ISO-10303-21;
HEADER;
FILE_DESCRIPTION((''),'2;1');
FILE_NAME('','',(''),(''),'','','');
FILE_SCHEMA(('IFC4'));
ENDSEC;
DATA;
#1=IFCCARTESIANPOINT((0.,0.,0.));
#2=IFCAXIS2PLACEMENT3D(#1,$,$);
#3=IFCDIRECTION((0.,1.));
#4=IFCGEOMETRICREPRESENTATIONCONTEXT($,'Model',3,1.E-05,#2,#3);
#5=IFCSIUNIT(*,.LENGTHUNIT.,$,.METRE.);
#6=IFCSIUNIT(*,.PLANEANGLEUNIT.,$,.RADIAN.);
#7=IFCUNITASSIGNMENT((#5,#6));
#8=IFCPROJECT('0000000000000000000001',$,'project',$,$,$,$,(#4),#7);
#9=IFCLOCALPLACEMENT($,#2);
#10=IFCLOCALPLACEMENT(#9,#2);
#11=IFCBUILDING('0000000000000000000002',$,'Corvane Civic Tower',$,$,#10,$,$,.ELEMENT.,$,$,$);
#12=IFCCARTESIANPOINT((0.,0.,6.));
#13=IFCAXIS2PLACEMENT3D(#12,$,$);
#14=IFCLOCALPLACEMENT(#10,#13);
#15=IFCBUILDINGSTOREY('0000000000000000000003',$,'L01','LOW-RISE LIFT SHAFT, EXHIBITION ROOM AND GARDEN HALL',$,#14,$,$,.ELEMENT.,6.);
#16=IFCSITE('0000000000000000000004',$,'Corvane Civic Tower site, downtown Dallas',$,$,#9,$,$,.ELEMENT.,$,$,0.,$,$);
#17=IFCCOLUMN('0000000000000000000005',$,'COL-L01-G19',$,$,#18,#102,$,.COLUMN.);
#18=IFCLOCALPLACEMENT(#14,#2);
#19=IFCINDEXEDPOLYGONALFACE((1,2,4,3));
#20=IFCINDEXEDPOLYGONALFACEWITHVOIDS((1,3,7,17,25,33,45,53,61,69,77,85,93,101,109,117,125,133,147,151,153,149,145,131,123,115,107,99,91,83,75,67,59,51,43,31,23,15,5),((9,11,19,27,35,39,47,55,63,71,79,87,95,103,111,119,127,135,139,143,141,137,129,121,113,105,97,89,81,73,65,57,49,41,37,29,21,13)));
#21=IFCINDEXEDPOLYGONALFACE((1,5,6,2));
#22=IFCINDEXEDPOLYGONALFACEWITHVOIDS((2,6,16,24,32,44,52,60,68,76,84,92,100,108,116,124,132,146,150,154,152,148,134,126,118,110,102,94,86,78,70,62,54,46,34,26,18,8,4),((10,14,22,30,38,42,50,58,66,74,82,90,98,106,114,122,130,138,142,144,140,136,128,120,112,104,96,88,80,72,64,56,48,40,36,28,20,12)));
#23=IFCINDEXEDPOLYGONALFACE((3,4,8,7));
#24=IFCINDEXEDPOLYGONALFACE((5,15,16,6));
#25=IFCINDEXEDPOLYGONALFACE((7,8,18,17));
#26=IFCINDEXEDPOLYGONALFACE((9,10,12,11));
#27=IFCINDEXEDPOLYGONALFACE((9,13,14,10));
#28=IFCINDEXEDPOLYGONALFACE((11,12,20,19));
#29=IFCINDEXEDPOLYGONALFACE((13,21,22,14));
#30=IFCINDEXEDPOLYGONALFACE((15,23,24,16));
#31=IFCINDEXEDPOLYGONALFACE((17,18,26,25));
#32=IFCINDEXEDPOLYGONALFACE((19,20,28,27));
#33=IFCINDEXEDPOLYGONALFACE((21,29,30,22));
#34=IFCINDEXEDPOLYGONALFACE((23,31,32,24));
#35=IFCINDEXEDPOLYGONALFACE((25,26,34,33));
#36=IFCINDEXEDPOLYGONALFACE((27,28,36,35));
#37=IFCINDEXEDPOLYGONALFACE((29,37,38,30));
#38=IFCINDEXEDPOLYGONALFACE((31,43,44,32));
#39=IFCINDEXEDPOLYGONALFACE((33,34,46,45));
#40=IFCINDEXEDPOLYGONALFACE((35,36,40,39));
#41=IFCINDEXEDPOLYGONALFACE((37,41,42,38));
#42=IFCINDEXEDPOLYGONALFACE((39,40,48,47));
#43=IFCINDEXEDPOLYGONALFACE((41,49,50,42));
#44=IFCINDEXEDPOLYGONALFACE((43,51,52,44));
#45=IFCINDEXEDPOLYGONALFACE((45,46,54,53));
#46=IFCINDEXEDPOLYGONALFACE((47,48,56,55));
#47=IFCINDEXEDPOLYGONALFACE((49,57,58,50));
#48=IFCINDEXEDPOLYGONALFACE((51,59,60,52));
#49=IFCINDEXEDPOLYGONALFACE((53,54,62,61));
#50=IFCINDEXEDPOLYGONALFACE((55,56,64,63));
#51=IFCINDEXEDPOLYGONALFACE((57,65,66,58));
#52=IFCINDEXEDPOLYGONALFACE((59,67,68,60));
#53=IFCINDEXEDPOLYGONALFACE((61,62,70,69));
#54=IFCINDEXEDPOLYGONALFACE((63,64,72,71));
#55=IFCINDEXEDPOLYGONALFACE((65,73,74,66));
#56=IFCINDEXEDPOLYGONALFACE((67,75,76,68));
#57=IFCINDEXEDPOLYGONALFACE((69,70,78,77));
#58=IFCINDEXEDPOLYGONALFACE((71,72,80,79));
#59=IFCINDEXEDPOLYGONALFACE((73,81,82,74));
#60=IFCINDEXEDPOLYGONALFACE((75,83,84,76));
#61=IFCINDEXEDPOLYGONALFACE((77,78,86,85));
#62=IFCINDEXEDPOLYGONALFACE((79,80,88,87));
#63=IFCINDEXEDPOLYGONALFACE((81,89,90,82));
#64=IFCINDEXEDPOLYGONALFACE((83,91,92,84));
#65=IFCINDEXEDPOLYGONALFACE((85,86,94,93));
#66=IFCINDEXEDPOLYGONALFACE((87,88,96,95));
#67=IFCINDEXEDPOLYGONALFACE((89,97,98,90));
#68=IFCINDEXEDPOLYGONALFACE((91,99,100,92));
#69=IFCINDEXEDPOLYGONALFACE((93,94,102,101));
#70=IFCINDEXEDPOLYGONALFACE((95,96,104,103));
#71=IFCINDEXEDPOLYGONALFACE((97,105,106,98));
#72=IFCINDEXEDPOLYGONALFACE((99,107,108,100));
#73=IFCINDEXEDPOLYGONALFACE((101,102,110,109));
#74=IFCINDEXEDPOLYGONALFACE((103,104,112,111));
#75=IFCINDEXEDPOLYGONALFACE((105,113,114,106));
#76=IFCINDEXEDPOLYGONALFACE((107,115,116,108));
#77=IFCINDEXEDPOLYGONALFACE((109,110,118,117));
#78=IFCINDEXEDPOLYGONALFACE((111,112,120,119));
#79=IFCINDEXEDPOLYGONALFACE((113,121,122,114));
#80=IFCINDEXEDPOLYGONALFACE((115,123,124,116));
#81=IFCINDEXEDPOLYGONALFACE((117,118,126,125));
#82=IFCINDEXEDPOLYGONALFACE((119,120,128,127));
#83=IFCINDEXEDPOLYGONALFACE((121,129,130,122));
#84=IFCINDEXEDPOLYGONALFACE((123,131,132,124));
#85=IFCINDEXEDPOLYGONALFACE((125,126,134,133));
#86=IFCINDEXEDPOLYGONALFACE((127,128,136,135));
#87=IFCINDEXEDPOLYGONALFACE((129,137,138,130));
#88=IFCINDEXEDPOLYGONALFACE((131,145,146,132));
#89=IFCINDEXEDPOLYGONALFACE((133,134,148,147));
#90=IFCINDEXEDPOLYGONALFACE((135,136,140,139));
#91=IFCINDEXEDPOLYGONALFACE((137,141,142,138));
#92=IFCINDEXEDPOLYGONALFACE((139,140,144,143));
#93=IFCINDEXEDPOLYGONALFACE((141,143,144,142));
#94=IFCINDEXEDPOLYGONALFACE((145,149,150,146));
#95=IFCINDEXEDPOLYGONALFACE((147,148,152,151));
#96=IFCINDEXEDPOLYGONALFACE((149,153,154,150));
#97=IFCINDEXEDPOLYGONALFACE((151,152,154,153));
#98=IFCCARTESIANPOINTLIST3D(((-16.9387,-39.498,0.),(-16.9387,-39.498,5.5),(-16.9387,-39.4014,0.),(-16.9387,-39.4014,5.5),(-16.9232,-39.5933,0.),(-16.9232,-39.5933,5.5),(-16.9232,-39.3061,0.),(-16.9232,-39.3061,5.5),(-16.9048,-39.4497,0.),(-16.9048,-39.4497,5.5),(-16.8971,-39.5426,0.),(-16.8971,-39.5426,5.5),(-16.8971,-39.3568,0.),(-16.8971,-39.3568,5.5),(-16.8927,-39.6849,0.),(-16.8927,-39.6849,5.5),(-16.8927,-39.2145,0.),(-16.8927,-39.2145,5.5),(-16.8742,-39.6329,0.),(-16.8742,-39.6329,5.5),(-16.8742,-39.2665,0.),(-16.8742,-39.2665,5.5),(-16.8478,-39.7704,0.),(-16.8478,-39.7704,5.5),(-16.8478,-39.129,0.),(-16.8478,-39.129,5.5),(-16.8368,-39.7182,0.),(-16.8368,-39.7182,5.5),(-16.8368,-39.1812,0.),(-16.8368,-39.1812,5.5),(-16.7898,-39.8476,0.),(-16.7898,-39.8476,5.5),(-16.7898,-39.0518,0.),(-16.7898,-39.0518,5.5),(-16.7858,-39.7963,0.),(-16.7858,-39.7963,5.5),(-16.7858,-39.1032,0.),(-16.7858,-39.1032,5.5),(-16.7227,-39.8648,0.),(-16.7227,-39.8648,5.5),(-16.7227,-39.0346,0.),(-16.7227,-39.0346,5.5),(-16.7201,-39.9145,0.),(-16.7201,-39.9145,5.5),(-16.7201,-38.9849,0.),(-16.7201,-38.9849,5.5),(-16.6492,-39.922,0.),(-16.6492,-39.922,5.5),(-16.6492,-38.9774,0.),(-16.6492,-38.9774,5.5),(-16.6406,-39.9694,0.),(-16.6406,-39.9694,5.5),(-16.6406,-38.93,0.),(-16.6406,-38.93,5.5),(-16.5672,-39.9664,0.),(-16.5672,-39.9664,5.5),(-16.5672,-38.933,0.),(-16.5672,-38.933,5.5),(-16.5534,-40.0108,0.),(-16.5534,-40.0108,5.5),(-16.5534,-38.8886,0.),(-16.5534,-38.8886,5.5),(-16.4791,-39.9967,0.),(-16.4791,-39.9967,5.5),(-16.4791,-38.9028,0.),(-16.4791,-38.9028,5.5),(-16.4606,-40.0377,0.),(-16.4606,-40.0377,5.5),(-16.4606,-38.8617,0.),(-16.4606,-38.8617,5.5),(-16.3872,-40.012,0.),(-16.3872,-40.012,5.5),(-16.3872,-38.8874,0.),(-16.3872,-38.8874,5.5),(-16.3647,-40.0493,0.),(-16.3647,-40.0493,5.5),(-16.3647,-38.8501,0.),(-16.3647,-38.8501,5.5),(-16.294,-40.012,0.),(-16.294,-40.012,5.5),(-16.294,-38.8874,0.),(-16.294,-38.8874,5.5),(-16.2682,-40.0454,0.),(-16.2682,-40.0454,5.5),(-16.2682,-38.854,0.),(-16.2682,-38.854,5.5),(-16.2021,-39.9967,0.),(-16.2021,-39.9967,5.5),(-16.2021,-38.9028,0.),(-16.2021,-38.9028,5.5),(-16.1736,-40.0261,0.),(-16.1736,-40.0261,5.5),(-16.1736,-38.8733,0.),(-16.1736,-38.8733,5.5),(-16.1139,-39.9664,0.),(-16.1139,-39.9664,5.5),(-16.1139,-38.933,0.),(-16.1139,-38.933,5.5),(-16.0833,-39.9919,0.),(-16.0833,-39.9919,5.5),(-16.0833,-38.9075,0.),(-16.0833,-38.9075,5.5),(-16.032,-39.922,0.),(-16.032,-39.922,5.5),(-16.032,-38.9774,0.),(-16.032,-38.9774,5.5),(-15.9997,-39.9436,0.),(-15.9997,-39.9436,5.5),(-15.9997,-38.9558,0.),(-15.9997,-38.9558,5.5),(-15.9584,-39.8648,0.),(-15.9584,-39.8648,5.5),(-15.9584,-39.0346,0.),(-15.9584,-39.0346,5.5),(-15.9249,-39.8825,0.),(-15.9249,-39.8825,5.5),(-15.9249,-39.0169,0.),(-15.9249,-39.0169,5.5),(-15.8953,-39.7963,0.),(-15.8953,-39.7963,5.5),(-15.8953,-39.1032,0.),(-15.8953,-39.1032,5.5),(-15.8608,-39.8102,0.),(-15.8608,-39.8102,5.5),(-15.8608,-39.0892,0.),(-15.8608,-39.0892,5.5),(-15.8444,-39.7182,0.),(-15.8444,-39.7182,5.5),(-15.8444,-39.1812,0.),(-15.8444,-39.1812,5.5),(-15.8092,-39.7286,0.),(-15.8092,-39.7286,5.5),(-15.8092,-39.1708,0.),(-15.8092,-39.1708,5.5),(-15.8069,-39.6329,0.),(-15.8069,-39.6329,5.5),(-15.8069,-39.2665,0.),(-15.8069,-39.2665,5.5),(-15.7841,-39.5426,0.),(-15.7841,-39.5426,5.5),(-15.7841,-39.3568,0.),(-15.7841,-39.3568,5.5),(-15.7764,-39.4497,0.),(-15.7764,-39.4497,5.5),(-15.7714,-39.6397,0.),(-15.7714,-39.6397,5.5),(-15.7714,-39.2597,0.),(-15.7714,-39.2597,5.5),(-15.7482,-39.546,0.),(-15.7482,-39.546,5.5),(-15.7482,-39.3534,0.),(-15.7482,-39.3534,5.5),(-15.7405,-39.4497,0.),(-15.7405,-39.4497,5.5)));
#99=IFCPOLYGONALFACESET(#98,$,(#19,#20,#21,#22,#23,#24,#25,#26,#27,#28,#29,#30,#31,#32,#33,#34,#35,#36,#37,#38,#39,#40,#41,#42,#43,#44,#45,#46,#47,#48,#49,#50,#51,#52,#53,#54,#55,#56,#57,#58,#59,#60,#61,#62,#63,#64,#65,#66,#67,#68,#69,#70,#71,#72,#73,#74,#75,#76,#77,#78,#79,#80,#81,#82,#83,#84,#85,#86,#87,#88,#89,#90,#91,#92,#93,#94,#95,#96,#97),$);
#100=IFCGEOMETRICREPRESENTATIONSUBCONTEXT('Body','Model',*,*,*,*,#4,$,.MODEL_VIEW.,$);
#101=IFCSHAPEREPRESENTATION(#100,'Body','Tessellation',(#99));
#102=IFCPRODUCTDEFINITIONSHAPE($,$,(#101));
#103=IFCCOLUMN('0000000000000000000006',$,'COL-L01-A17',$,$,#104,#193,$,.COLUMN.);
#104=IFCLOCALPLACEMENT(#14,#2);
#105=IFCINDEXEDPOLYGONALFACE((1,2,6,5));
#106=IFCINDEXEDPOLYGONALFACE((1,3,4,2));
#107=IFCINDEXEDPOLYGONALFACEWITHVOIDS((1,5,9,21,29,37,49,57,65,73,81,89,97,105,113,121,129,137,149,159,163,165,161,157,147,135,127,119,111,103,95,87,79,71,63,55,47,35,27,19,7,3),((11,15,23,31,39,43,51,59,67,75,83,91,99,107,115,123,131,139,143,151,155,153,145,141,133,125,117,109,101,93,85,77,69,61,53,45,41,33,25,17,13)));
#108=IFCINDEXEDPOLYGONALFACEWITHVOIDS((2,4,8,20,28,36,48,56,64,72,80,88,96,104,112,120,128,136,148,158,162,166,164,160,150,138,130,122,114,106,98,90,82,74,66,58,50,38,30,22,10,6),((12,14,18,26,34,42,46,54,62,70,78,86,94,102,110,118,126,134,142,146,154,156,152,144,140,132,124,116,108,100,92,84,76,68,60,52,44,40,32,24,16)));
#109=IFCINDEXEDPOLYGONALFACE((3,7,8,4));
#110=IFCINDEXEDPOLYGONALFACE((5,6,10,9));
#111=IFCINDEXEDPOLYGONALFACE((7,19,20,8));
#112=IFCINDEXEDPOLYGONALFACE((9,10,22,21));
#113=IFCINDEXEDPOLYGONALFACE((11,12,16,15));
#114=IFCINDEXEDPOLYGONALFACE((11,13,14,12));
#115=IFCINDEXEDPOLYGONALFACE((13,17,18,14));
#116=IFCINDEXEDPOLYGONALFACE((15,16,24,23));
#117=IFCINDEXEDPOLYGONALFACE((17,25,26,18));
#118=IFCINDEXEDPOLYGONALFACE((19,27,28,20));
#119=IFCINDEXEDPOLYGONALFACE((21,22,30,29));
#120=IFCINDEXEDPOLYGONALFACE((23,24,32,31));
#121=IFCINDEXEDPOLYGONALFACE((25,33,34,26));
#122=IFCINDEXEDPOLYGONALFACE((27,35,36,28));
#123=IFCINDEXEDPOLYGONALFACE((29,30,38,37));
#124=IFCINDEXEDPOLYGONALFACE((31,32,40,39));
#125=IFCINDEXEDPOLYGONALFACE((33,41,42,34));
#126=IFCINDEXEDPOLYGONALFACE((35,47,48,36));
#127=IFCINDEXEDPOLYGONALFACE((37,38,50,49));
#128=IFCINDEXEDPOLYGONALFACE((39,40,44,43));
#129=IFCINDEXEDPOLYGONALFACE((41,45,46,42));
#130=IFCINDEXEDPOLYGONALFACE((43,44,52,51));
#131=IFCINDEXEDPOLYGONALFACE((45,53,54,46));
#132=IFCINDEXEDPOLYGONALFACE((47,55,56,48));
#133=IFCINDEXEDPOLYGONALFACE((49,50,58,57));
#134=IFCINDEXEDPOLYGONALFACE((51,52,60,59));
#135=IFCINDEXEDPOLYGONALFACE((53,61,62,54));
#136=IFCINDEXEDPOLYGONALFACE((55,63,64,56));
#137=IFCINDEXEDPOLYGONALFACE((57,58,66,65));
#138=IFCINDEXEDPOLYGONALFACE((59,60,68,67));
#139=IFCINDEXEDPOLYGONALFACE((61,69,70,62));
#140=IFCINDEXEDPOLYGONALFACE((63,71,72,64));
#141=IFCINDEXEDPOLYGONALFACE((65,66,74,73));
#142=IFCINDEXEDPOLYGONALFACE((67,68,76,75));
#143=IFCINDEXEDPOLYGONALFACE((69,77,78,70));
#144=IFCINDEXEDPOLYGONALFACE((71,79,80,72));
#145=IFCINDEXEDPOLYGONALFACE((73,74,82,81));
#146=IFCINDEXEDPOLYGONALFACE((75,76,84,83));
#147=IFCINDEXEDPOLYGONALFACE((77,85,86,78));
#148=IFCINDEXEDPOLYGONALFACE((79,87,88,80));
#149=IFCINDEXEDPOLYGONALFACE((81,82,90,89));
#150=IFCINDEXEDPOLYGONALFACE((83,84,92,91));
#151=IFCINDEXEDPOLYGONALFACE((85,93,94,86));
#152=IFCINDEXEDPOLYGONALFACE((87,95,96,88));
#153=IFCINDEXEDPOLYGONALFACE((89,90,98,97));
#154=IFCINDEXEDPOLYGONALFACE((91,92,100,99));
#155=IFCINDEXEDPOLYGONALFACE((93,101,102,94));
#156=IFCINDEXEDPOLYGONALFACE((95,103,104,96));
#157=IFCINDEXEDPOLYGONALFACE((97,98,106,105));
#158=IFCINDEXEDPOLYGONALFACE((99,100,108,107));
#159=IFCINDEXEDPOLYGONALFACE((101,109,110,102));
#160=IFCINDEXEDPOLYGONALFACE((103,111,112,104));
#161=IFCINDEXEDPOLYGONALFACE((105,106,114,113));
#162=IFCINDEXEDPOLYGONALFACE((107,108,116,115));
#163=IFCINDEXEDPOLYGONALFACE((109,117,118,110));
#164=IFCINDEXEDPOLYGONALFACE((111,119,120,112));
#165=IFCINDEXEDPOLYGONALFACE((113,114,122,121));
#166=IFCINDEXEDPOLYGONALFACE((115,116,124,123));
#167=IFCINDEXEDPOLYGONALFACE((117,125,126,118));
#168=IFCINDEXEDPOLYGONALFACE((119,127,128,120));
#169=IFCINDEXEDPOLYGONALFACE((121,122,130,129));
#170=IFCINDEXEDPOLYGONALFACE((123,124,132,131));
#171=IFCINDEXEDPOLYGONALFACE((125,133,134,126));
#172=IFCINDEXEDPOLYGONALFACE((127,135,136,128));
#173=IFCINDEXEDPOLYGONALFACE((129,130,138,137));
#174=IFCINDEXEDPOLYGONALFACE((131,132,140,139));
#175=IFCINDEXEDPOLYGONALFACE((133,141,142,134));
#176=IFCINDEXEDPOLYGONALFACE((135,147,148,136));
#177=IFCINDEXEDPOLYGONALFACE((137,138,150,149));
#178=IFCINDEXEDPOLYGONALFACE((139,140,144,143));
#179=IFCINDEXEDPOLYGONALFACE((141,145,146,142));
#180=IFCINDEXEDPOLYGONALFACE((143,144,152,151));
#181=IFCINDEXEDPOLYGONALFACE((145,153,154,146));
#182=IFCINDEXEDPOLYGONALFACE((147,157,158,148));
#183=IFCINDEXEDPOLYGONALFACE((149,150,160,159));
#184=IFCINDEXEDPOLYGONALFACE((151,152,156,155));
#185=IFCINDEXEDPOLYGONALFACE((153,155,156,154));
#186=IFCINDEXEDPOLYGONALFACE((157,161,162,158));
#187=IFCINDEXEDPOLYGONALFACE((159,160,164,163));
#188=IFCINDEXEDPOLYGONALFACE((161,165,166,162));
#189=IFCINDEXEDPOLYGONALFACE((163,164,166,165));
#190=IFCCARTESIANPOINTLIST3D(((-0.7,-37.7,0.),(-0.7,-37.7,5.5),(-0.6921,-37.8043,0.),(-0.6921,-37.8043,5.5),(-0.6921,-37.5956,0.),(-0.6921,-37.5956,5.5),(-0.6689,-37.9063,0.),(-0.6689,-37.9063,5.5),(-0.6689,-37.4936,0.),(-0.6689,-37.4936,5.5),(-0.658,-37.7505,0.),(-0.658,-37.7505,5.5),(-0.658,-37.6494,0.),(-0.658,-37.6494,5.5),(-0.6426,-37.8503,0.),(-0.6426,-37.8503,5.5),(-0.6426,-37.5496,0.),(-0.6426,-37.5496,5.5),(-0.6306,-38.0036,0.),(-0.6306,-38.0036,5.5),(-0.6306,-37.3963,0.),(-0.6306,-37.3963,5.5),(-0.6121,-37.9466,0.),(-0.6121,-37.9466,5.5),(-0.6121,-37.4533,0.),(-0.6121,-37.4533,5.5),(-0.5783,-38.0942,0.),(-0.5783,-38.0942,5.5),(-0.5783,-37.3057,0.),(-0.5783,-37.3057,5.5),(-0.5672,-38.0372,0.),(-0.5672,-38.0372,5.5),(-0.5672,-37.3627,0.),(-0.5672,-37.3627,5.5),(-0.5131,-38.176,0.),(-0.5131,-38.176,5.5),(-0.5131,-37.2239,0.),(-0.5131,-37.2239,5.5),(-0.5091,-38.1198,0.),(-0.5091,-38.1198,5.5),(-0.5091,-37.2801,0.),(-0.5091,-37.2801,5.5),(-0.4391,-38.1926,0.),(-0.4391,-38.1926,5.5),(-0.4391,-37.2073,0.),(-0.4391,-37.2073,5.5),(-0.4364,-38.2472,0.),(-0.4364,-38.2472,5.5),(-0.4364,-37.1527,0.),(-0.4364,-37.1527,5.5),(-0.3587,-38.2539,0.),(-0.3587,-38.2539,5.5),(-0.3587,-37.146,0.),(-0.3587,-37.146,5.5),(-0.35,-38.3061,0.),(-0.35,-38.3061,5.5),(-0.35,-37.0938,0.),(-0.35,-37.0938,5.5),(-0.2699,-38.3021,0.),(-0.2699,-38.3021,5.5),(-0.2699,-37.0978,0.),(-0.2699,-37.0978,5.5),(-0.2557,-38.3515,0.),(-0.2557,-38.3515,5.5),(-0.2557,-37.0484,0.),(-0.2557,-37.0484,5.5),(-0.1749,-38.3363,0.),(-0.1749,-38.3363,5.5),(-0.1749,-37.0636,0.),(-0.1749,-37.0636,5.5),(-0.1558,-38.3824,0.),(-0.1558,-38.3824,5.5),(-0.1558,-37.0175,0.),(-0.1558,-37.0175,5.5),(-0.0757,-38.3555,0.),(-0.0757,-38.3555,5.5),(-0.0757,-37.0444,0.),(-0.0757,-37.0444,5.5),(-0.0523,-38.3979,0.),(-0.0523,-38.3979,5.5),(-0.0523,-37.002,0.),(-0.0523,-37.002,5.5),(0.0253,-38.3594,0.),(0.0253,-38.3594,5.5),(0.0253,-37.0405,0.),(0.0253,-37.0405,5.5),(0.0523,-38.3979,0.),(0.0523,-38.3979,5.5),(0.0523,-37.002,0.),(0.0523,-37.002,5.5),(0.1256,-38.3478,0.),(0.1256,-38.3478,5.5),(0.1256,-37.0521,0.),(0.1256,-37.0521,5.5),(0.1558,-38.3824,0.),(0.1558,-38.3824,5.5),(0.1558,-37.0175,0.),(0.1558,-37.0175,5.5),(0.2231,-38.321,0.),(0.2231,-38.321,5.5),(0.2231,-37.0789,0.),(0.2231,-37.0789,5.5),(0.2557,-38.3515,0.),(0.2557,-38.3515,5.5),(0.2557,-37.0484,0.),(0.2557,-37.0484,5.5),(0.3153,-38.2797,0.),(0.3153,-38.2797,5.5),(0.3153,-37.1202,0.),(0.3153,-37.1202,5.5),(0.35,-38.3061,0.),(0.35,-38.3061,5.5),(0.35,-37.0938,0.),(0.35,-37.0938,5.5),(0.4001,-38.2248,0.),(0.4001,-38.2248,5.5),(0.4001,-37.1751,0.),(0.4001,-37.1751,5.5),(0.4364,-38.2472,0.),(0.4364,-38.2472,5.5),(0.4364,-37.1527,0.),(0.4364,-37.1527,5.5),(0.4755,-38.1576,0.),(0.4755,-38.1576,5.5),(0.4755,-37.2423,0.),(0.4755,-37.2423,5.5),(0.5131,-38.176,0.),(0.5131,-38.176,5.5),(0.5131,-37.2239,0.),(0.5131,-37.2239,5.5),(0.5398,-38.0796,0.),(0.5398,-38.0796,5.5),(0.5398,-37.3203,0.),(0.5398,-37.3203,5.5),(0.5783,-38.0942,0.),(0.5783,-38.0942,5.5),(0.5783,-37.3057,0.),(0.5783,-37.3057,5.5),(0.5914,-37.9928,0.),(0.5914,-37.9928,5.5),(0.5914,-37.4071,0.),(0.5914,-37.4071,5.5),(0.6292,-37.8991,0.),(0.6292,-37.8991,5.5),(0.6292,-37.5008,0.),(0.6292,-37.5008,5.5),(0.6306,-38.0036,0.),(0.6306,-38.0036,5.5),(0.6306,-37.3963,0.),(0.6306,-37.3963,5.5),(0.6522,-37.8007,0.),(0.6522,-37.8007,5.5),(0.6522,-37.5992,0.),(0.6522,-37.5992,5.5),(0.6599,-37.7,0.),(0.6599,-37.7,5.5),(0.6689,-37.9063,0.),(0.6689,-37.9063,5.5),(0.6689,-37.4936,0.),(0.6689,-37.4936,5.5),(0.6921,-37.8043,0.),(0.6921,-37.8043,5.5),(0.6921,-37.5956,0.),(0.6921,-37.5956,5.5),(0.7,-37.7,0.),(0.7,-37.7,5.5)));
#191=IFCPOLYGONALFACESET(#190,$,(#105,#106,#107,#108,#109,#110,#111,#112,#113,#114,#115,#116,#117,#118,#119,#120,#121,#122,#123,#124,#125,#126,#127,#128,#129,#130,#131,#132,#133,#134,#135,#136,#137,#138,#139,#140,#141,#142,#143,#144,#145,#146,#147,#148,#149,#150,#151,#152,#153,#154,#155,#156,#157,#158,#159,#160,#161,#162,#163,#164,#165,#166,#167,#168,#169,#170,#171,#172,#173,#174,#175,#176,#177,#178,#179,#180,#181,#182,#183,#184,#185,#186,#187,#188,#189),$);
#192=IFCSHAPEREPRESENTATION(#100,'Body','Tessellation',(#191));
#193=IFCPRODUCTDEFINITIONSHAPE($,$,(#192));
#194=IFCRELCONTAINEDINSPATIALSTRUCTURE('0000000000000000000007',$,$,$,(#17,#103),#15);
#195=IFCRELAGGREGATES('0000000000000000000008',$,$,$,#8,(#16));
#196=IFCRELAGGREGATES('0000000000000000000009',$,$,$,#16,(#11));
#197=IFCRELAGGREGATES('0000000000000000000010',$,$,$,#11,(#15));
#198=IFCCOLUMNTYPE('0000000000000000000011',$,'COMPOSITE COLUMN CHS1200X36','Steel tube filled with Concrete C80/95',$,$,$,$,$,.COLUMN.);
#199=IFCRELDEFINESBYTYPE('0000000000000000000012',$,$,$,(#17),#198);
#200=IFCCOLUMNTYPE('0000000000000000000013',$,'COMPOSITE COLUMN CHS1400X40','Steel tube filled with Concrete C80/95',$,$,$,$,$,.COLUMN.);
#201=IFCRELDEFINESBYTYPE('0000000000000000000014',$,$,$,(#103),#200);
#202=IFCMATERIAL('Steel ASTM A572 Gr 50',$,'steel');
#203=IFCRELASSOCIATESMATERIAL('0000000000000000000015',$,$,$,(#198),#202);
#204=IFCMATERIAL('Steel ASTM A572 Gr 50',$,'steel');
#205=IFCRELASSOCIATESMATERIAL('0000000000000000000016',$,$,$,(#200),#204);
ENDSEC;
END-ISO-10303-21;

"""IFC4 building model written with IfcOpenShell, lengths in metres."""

from ifc_helpers import new_model, si_unit, direction, frame, origin, origin_2d, place, context, subcontext, project, spatial, hollow_circle, extrude, material, material_profile, profile_set, type_object, element, save


model = new_model("IFC4")

# Units and contexts
model_context = context("Model", 3, precision=1e-05, world=origin(), true_north=direction((0.0, 1.0)))
body_context = subcontext(model_context, "Body", "Model", "MODEL_VIEW")
ifc_project = project(units=[si_unit("LENGTHUNIT", "METRE"), si_unit("PLANEANGLEUNIT", "RADIAN")], contexts=[model_context])

# Site, building, storey
site_placement = place(None, origin())
site = spatial("IfcSite", under=ifc_project, at=site_placement, Name="Corvane Civic Tower site, downtown Dallas", CompositionType="ELEMENT", RefElevation=0.0)
building_placement = place(site_placement, origin())
building = spatial("IfcBuilding", under=site, at=building_placement, Name="Corvane Civic Tower", CompositionType="ELEMENT")
storey_placement = place(building_placement, frame((0.0, 0.0, 6.0)))
storey = spatial("IfcBuildingStorey", under=building, at=storey_placement, Name="L01", Description="LOW-RISE LIFT SHAFT, EXHIBITION ROOM AND GARDEN HALL", CompositionType="ELEMENT", Elevation=6.0)

# Columns
ifc_material_1 = material(Name="Steel ASTM A572 Gr 50", Category="steel")
ifc_material_profile_1 = material_profile(ifc_material_1, hollow_circle(Radius=0.6001, WallThickness=0.0359, at=origin_2d()), Name="CHS1200X36")
ifc_profile_set_1 = profile_set([ifc_material_profile_1], Name="Steel ASTM A572 Gr 50")
column_type_1 = type_object("IfcColumnType", Name="COMPOSITE COLUMN CHS1200X36", Description="Steel tube filled with Concrete C80/95", PredefinedType="COLUMN", material=ifc_profile_set_1)
column_placement = place(storey_placement, frame((-16.3406, -39.4497, 0.0), z_axis=(0.0, 0.0, 1.0), x_axis=(1.0, 0.0, 0.0)))
element("IfcColumn", 1, at=column_placement, inside=storey, type_object=column_type_1, Name="COL-L01-G19", PredefinedType="COLUMN", context=body_context, shape_type="SweptSolid", body=[
    extrude(hollow_circle(Radius=0.6001, WallThickness=0.0359, at=origin_2d()), origin(), (0.0, 0.0, 1.0), 5.5),
])
ifc_material_2 = material(Name="Steel ASTM A572 Gr 50", Category="steel")
ifc_material_profile_2 = material_profile(ifc_material_2, hollow_circle(Radius=0.7, WallThickness=0.04, at=origin_2d()), Name="CHS1400X40")
ifc_profile_set_2 = profile_set([ifc_material_profile_2], Name="Steel ASTM A572 Gr 50")
column_type_2 = type_object("IfcColumnType", Name="COMPOSITE COLUMN CHS1400X40", Description="Steel tube filled with Concrete C80/95", PredefinedType="COLUMN", material=ifc_profile_set_2)
for number, where, z_axis, x_axis, name in (
    (2, (0.0, -37.7, 0.0), (0.0, 0.0, 1.0), (1.0, 0.0, 0.0), "COL-L01-A17"),
):
    element("IfcColumn", number, at=place(storey_placement, frame(where, z_axis=z_axis, x_axis=x_axis)), inside=storey, type_object=column_type_2, Name=name, PredefinedType="COLUMN", context=body_context, shape_type="SweptSolid", body=[
        extrude(hollow_circle(Radius=0.7, WallThickness=0.04, at=origin_2d()), origin(), (0.0, 0.0, 1.0), 5.5),
    ])

save(model, "model.ifc")
